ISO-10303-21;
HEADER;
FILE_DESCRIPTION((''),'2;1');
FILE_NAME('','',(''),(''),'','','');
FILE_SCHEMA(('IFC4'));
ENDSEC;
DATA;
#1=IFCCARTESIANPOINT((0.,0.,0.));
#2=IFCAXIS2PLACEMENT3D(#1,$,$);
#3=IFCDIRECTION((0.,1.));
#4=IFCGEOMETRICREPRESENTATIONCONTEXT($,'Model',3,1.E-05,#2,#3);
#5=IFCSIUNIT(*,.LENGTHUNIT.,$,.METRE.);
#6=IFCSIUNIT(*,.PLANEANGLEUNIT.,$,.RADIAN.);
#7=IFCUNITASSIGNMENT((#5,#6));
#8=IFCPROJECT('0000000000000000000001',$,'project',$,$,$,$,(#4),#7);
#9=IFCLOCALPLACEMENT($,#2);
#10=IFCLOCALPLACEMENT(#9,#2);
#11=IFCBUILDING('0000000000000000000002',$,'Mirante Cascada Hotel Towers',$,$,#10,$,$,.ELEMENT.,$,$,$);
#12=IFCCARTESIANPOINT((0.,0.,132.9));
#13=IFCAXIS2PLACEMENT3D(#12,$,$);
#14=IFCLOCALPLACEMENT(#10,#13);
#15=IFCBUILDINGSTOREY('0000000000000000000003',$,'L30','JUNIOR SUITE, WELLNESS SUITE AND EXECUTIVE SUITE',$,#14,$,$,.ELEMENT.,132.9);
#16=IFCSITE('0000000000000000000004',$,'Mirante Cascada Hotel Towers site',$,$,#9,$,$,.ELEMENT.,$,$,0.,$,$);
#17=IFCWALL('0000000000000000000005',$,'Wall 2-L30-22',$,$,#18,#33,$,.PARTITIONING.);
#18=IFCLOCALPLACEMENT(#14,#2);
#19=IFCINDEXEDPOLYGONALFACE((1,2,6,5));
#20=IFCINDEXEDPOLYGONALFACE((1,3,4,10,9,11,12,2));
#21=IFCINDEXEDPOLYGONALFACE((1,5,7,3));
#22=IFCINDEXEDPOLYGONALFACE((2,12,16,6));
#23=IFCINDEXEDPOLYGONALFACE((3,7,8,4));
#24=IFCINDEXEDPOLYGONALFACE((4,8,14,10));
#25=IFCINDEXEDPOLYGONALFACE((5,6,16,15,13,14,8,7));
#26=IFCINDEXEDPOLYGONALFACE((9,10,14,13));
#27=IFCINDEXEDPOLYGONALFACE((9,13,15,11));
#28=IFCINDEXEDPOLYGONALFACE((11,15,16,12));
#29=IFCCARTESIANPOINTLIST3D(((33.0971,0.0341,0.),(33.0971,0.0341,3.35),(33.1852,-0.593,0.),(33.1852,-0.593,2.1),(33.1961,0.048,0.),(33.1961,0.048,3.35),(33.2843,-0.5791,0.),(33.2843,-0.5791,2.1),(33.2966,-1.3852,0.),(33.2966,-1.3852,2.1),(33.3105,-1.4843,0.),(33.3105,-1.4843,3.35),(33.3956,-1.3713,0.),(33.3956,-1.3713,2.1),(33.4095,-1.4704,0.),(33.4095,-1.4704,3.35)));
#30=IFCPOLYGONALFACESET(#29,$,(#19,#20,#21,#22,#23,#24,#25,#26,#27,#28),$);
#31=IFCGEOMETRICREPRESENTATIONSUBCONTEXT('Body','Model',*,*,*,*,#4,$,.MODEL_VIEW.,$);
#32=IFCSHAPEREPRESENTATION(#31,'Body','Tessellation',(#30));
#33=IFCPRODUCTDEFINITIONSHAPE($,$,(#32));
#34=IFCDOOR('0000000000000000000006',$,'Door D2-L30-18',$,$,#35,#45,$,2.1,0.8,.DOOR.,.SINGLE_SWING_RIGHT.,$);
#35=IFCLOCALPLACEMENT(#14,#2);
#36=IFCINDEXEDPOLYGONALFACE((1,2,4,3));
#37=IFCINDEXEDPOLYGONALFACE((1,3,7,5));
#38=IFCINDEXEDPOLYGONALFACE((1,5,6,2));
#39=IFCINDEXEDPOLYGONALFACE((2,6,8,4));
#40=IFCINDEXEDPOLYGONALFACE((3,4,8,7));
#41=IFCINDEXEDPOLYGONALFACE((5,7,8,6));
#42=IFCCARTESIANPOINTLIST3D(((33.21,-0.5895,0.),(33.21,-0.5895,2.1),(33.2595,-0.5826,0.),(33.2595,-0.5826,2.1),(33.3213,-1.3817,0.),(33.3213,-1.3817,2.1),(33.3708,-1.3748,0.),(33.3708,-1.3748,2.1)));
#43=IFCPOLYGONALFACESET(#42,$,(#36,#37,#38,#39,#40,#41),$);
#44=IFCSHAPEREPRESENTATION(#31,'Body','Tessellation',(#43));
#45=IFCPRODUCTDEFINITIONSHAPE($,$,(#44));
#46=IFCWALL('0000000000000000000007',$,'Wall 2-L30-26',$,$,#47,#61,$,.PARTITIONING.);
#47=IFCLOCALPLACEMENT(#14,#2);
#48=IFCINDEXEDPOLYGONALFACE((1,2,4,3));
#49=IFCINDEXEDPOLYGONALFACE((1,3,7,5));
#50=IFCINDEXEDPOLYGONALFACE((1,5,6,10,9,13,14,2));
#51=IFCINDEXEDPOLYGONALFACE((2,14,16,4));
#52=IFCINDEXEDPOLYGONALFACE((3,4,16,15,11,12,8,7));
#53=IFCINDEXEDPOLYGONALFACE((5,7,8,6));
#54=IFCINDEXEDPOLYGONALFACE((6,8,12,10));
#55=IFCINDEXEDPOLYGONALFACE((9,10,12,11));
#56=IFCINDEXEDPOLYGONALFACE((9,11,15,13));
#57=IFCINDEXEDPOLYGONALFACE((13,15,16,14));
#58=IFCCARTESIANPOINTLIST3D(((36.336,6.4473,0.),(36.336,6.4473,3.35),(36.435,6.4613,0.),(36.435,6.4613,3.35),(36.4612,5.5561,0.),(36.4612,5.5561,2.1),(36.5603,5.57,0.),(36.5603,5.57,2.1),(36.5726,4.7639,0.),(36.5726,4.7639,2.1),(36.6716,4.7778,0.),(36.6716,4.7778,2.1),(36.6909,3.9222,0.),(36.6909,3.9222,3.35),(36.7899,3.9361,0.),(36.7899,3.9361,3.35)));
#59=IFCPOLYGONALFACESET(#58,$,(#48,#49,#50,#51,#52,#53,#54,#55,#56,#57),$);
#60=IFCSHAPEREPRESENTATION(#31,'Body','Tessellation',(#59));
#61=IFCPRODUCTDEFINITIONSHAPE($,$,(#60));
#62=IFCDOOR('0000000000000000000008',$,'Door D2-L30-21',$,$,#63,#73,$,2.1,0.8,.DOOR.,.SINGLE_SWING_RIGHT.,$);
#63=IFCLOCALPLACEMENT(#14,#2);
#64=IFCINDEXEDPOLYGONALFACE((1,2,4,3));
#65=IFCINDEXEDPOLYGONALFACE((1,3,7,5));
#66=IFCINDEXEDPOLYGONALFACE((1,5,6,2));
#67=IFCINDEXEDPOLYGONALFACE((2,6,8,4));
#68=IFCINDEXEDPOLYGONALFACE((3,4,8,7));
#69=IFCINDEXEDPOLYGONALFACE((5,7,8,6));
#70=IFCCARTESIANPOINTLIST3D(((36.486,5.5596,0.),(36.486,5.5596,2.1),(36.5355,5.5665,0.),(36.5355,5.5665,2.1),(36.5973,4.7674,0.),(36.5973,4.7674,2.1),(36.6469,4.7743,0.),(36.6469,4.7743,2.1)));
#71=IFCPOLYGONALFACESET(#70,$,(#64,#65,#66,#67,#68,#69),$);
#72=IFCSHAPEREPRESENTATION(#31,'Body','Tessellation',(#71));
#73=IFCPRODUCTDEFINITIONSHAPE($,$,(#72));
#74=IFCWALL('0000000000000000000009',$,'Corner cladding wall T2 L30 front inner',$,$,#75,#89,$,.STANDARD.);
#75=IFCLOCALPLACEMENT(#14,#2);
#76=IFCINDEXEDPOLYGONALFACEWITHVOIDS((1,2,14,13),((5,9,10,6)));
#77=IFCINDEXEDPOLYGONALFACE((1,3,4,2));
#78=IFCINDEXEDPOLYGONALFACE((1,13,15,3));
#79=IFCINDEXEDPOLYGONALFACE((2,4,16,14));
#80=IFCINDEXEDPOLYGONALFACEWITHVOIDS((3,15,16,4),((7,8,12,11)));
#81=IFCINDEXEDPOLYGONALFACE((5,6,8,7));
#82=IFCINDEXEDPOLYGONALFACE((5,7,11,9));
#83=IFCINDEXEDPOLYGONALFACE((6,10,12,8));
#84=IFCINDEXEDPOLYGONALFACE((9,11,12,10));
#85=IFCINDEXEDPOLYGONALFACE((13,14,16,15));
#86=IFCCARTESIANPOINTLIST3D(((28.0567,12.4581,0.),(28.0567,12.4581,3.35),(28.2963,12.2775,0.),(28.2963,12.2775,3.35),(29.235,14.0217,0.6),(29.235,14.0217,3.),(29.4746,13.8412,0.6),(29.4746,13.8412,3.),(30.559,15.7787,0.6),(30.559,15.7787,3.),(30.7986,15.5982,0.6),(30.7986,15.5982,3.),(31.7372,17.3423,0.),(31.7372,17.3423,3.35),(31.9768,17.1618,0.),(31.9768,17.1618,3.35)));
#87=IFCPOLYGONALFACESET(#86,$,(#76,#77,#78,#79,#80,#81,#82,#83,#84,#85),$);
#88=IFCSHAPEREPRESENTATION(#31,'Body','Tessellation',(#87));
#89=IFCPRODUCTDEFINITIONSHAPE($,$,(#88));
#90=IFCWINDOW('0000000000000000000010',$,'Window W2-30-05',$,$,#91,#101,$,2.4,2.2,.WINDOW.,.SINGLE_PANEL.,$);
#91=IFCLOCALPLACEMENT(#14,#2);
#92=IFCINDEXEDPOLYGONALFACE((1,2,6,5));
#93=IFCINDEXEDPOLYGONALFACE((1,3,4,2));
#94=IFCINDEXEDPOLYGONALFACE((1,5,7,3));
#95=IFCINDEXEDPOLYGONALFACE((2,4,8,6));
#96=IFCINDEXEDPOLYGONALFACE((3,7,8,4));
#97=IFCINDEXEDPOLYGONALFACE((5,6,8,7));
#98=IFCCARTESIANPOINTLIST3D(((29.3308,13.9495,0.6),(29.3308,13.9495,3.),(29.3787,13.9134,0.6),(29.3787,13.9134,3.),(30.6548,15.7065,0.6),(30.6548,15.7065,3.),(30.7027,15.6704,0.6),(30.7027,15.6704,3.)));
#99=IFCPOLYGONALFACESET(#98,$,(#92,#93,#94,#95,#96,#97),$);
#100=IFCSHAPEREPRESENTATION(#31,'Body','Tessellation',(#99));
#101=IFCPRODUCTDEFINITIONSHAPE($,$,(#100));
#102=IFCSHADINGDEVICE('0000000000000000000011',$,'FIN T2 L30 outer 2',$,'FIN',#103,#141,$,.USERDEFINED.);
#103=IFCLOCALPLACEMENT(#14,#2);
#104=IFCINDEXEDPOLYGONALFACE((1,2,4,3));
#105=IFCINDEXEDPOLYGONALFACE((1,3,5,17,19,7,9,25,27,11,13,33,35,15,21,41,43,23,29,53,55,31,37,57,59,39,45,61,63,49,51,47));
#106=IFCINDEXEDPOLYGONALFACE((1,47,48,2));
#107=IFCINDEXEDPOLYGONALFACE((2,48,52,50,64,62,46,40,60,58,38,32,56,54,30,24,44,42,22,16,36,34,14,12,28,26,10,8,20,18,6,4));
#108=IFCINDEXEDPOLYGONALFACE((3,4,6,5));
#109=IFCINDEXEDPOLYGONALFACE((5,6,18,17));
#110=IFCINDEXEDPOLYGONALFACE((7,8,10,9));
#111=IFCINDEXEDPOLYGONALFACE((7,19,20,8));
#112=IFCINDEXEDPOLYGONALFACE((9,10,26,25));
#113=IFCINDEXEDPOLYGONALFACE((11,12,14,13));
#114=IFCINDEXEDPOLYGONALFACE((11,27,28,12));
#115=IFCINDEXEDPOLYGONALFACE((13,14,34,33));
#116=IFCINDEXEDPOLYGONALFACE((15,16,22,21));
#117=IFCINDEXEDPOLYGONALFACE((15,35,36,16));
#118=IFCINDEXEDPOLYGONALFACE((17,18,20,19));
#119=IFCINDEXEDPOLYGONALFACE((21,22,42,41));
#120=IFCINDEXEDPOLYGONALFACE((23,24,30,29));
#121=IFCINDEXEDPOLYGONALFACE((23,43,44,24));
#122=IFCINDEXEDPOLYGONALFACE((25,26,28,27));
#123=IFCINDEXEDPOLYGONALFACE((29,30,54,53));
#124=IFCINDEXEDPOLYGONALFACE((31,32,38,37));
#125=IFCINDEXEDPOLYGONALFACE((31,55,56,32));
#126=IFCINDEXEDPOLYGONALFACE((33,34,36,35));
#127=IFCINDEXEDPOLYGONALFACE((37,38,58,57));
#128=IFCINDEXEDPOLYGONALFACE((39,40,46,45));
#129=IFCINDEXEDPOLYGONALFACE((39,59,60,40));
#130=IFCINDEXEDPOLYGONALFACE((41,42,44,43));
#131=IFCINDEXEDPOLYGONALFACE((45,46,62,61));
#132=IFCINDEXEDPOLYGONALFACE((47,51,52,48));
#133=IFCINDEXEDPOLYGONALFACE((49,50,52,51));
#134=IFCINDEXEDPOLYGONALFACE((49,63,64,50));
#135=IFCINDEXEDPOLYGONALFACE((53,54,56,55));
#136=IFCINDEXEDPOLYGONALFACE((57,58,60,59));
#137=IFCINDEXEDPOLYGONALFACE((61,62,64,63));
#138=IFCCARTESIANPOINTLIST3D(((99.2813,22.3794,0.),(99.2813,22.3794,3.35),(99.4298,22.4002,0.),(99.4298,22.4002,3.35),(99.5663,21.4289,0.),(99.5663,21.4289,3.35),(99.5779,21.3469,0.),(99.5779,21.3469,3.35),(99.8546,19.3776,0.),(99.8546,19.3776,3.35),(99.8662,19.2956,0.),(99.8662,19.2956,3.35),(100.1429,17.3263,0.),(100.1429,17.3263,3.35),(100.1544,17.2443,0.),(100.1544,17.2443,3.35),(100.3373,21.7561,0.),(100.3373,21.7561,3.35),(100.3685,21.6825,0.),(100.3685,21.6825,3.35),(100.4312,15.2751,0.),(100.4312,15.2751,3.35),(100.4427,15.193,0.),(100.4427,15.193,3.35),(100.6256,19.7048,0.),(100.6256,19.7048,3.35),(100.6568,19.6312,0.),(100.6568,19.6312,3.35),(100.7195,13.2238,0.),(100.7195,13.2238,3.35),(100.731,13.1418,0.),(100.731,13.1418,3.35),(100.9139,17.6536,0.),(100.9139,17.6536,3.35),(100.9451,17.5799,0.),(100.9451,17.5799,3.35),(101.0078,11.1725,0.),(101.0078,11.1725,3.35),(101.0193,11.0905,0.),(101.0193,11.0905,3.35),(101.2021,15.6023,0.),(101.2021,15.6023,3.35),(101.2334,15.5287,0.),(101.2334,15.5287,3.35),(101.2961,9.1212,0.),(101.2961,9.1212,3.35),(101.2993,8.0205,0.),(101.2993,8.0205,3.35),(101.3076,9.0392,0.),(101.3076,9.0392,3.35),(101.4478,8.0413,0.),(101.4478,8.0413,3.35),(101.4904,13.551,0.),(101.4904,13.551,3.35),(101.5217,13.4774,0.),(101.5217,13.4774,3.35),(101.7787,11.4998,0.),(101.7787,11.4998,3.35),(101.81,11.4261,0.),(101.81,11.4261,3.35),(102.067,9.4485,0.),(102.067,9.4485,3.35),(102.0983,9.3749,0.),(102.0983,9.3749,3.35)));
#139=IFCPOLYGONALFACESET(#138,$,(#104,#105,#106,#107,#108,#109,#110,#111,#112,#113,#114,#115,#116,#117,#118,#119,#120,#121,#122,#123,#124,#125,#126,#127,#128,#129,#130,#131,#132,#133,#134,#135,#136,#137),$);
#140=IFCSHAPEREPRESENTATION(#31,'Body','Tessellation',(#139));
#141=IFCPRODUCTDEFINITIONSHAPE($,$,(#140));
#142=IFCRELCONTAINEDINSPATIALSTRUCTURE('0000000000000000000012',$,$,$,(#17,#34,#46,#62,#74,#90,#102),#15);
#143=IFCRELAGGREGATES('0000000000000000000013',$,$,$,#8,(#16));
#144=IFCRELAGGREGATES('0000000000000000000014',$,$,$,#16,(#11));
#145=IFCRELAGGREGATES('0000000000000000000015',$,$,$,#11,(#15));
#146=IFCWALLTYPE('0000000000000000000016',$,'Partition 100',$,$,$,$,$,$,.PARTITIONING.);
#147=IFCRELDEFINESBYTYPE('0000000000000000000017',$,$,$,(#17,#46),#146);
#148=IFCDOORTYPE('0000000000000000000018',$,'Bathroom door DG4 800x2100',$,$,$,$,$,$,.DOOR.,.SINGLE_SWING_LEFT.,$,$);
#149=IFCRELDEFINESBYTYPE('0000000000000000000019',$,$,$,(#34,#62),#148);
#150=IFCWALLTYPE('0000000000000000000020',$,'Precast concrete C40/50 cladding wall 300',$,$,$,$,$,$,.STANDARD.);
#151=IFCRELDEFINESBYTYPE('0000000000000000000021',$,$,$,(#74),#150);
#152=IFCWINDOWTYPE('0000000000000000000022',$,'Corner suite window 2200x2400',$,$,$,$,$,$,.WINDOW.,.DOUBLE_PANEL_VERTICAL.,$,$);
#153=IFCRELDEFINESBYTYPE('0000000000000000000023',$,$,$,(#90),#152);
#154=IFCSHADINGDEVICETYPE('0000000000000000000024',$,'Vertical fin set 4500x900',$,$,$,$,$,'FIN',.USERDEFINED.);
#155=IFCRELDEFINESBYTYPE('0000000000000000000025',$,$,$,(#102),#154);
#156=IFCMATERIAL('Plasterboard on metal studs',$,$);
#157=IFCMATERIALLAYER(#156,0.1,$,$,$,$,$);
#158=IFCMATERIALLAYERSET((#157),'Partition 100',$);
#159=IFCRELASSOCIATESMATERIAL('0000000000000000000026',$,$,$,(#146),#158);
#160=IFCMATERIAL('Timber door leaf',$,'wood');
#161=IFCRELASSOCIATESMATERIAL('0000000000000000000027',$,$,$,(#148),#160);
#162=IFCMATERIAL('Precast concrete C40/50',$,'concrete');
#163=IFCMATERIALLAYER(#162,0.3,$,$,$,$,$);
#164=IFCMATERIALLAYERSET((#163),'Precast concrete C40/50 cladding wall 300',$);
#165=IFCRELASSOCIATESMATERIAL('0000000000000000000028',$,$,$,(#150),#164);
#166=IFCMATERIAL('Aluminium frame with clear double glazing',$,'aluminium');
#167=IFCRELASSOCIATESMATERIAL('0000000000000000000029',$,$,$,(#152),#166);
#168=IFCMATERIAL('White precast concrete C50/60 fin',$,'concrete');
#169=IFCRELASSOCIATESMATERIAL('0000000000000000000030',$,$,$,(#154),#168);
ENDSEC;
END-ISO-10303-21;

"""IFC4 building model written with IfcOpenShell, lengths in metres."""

from ifc_helpers import new_model, si_unit, direction, frame, frame_2d, origin, place, context, subcontext, project, spatial, polyline, rectangle, outline, extrude, material, layer, layer_set, type_object, element, fill, save


model = new_model("IFC4")

# Units and contexts
model_context = context("Model", 3, precision=1e-05, world=origin(), true_north=direction((0.0, 1.0)))
body_context = subcontext(model_context, "Body", "Model", "MODEL_VIEW")
ifc_project = project(units=[si_unit("LENGTHUNIT", "METRE"), si_unit("PLANEANGLEUNIT", "RADIAN")], contexts=[model_context])

# Site, building, storey
site_placement = place(None, origin())
site = spatial("IfcSite", under=ifc_project, at=site_placement, Name="Mirante Cascada Hotel Towers site", CompositionType="ELEMENT", RefElevation=0.0)
building_placement = place(site_placement, origin())
building = spatial("IfcBuilding", under=site, at=building_placement, Name="Mirante Cascada Hotel Towers", CompositionType="ELEMENT")
storey_placement = place(building_placement, frame((0.0, 0.0, 132.9)))
storey = spatial("IfcBuildingStorey", under=building, at=storey_placement, Name="L30", Description="JUNIOR SUITE, WELLNESS SUITE AND EXECUTIVE SUITE", CompositionType="ELEMENT", Elevation=132.9)

# Shared definitions
ifc_material_1 = material(Name="Plasterboard on metal studs")
ifc_layer_1 = layer(ifc_material_1, 0.1)
ifc_layer_set_1 = layer_set([ifc_layer_1], Name="Partition 100")
wall_type_1 = type_object("IfcWallType", Name="Partition 100", PredefinedType="PARTITIONING", material=ifc_layer_set_1)

# Walls, openings, doors
wall_1_placement = place(storey_placement, frame((33.1466, 0.0411, 0.0), z_axis=(0.0, 0.0, 1.0), x_axis=(0.139175, -0.990268, 0.0)))
wall_1 = element("IfcWall", 1, at=wall_1_placement, inside=storey, type_object=wall_type_1, Name="Wall 2-L30-22", PredefinedType="PARTITIONING", context=body_context, shape_type="SweptSolid", body=[
    extrude(rectangle(XDim=1.5333, YDim=0.1, at=frame_2d((0.7667, 0.0))), origin(), (0.0, 0.0, 1.0), 3.35),
])
opening_1_placement = place(wall_1_placement, frame((0.6333, 0.0, 0.0)))
opening_1 = element("IfcOpeningElement", 2, at=opening_1_placement, cuts=wall_1, PredefinedType="OPENING", context=body_context, shape_type="SweptSolid", body=[
    extrude(rectangle(XDim=0.8, YDim=2.1, at=frame_2d((0.4, 1.05))), frame((0.0, 0.05, 0.0), z_axis=(0.0, -1.0, 0.0), x_axis=(1.0, 0.0, 0.0)), (0.0, 0.0, 1.0), 0.1),
])
ifc_material_2 = material(Name="Timber door leaf", Category="wood")
door_type = type_object("IfcDoorType", Name="Bathroom door DG4 800x2100", OperationType="SINGLE_SWING_LEFT", PredefinedType="DOOR", material=ifc_material_2)
door_1_placement = place(opening_1_placement, frame((0.8, 0.0, 0.0), z_axis=(0.0, 0.0, 1.0), x_axis=(-1.0, 0.0, 0.0)))
door_1 = element("IfcDoor", 3, at=door_1_placement, inside=storey, type_object=door_type, Name="Door D2-L30-18", OperationType="SINGLE_SWING_RIGHT", OverallHeight=2.1, OverallWidth=0.8, PredefinedType="DOOR", context=body_context, shape_type="SweptSolid", body=[
    extrude(rectangle(XDim=0.8, YDim=2.1, at=frame_2d((0.4, 1.05))), frame((0.0, 0.025, 0.0), z_axis=(0.0, -1.0, 0.0), x_axis=(1.0, 0.0, 0.0)), (0.0, 0.0, 1.0), 0.05),
])
fill(opening_1, door_1)
wall_2_placement = place(storey_placement, frame((36.3855, 6.4543, 0.0), z_axis=(0.0, 0.0, 1.0), x_axis=(0.139176, -0.990268, 0.0)))
wall_2 = element("IfcWall", 4, at=wall_2_placement, inside=storey, type_object=wall_type_1, Name="Wall 2-L30-26", PredefinedType="PARTITIONING", context=body_context, shape_type="SweptSolid", body=[
    extrude(rectangle(XDim=2.55, YDim=0.1, at=frame_2d((1.275, 0.0))), origin(), (0.0, 0.0, 1.0), 3.35),
])
opening_2_placement = place(wall_2_placement, frame((0.9, 0.0, 0.0)))
opening_2 = element("IfcOpeningElement", 5, at=opening_2_placement, cuts=wall_2, PredefinedType="OPENING", context=body_context, shape_type="SweptSolid", body=[
    extrude(rectangle(XDim=0.8, YDim=2.1, at=frame_2d((0.4, 1.05))), frame((0.0, 0.05, 0.0), z_axis=(0.0, -1.0, 0.0), x_axis=(1.0, 0.0, 0.0)), (0.0, 0.0, 1.0), 0.1),
])
door_2_placement = place(opening_2_placement, frame((0.8, 0.0, 0.0), z_axis=(0.0, 0.0, 1.0), x_axis=(-1.0, 0.0, 0.0)))
door_2 = element("IfcDoor", 6, at=door_2_placement, inside=storey, type_object=door_type, Name="Door D2-L30-21", OperationType="SINGLE_SWING_RIGHT", OverallHeight=2.1, OverallWidth=0.8, PredefinedType="DOOR", context=body_context, shape_type="SweptSolid", body=[
    extrude(rectangle(XDim=0.8, YDim=2.1, at=frame_2d((0.4, 1.05))), frame((0.0, 0.025, 0.0), z_axis=(0.0, -1.0, 0.0), x_axis=(1.0, 0.0, 0.0)), (0.0, 0.0, 1.0), 0.05),
])
fill(opening_2, door_2)

# Wall, opening, window
ifc_material_3 = material(Name="Precast concrete C40/50", Category="concrete")
ifc_layer_2 = layer(ifc_material_3, 0.3)
ifc_layer_set_2 = layer_set([ifc_layer_2], Name="Precast concrete C40/50 cladding wall 300")
wall_type_2 = type_object("IfcWallType", Name="Precast concrete C40/50 cladding wall 300", PredefinedType="STANDARD", material=ifc_layer_set_2)
wall_3_placement = place(storey_placement, frame((31.857, 17.252, 0.0), z_axis=(0.0, 0.0, 1.0), x_axis=(-0.601814, -0.798636, 0.0)))
wall_3 = element("IfcWall", 7, at=wall_3_placement, inside=storey, type_object=wall_type_2, Name="Corner cladding wall T2 L30 front inner", PredefinedType="STANDARD", context=body_context, shape_type="SweptSolid", body=[
    extrude(rectangle(XDim=6.1157, YDim=0.3, at=frame_2d((3.0578, 0.0))), origin(), (0.0, 0.0, 1.0), 3.35),
])
opening_3_placement = place(wall_3_placement, frame((1.9578, 0.0, 0.6)))
opening_3 = element("IfcOpeningElement", 8, at=opening_3_placement, cuts=wall_3, PredefinedType="OPENING", context=body_context, shape_type="SweptSolid", body=[
    extrude(rectangle(XDim=2.2, YDim=2.4, at=frame_2d((1.1, 1.2))), frame((0.0, 0.15, 0.0), z_axis=(0.0, -1.0, 0.0), x_axis=(1.0, 0.0, 0.0)), (0.0, 0.0, 1.0), 0.3),
])
ifc_material_4 = material(Name="Aluminium frame with clear double glazing", Category="aluminium")
window_type = type_object("IfcWindowType", Name="Corner suite window 2200x2400", PartitioningType="DOUBLE_PANEL_VERTICAL", PredefinedType="WINDOW", material=ifc_material_4)
window_placement = place(opening_3_placement, origin())
window = element("IfcWindow", 9, at=window_placement, inside=storey, type_object=window_type, Name="Window W2-30-05", OverallHeight=2.4, OverallWidth=2.2, PartitioningType="SINGLE_PANEL", PredefinedType="WINDOW", context=body_context, shape_type="SweptSolid", body=[
    extrude(rectangle(XDim=2.2, YDim=2.4, at=frame_2d((1.1, 1.2))), frame((0.0, 0.03, 0.0), z_axis=(0.0, -1.0, 0.0), x_axis=(1.0, 0.0, 0.0)), (0.0, 0.0, 1.0), 0.06),
])
fill(opening_3, window)

# Shading device
ifc_material_5 = material(Name="White precast concrete C50/60 fin", Category="concrete")
shading_device_type = type_object("IfcShadingDeviceType", Name="Vertical fin set 4500x900", ElementType="FIN", PredefinedType="USERDEFINED", material=ifc_material_5)
shading_device_placement = place(storey_placement, origin())
element("IfcShadingDevice", 10, at=shading_device_placement, inside=storey, type_object=shading_device_type, Name="FIN T2 L30 outer 2", ObjectType="FIN", PredefinedType="USERDEFINED", context=body_context, shape_type="SweptSolid", body=[
    extrude(outline(polyline([(102.0983, 9.3749), (101.3076, 9.0392), (101.4478, 8.0413), (101.2993, 8.0205), (99.2813, 22.3794), (99.4298, 22.4002), (99.5663, 21.4289), (100.3373, 21.7561), (100.3685, 21.6825), (99.5779, 21.3469), (99.8546, 19.3776), (100.6256, 19.7048), (100.6568, 19.6312), (99.8662, 19.2956), (100.1429, 17.3263), (100.9139, 17.6536), (100.9451, 17.5799), (100.1544, 17.2443), (100.4312, 15.2751), (101.2021, 15.6023), (101.2334, 15.5287), (100.4427, 15.193), (100.7195, 13.2238), (101.4904, 13.551), (101.5217, 13.4774), (100.731, 13.1418), (101.0078, 11.1725), (101.7787, 11.4998), (101.81, 11.4261), (101.0193, 11.0905), (101.2961, 9.1212), (102.067, 9.4485), (102.0983, 9.3749)])), origin(), (0.0, 0.0, 1.0), 3.35),
])

save(model, "model.ifc")
